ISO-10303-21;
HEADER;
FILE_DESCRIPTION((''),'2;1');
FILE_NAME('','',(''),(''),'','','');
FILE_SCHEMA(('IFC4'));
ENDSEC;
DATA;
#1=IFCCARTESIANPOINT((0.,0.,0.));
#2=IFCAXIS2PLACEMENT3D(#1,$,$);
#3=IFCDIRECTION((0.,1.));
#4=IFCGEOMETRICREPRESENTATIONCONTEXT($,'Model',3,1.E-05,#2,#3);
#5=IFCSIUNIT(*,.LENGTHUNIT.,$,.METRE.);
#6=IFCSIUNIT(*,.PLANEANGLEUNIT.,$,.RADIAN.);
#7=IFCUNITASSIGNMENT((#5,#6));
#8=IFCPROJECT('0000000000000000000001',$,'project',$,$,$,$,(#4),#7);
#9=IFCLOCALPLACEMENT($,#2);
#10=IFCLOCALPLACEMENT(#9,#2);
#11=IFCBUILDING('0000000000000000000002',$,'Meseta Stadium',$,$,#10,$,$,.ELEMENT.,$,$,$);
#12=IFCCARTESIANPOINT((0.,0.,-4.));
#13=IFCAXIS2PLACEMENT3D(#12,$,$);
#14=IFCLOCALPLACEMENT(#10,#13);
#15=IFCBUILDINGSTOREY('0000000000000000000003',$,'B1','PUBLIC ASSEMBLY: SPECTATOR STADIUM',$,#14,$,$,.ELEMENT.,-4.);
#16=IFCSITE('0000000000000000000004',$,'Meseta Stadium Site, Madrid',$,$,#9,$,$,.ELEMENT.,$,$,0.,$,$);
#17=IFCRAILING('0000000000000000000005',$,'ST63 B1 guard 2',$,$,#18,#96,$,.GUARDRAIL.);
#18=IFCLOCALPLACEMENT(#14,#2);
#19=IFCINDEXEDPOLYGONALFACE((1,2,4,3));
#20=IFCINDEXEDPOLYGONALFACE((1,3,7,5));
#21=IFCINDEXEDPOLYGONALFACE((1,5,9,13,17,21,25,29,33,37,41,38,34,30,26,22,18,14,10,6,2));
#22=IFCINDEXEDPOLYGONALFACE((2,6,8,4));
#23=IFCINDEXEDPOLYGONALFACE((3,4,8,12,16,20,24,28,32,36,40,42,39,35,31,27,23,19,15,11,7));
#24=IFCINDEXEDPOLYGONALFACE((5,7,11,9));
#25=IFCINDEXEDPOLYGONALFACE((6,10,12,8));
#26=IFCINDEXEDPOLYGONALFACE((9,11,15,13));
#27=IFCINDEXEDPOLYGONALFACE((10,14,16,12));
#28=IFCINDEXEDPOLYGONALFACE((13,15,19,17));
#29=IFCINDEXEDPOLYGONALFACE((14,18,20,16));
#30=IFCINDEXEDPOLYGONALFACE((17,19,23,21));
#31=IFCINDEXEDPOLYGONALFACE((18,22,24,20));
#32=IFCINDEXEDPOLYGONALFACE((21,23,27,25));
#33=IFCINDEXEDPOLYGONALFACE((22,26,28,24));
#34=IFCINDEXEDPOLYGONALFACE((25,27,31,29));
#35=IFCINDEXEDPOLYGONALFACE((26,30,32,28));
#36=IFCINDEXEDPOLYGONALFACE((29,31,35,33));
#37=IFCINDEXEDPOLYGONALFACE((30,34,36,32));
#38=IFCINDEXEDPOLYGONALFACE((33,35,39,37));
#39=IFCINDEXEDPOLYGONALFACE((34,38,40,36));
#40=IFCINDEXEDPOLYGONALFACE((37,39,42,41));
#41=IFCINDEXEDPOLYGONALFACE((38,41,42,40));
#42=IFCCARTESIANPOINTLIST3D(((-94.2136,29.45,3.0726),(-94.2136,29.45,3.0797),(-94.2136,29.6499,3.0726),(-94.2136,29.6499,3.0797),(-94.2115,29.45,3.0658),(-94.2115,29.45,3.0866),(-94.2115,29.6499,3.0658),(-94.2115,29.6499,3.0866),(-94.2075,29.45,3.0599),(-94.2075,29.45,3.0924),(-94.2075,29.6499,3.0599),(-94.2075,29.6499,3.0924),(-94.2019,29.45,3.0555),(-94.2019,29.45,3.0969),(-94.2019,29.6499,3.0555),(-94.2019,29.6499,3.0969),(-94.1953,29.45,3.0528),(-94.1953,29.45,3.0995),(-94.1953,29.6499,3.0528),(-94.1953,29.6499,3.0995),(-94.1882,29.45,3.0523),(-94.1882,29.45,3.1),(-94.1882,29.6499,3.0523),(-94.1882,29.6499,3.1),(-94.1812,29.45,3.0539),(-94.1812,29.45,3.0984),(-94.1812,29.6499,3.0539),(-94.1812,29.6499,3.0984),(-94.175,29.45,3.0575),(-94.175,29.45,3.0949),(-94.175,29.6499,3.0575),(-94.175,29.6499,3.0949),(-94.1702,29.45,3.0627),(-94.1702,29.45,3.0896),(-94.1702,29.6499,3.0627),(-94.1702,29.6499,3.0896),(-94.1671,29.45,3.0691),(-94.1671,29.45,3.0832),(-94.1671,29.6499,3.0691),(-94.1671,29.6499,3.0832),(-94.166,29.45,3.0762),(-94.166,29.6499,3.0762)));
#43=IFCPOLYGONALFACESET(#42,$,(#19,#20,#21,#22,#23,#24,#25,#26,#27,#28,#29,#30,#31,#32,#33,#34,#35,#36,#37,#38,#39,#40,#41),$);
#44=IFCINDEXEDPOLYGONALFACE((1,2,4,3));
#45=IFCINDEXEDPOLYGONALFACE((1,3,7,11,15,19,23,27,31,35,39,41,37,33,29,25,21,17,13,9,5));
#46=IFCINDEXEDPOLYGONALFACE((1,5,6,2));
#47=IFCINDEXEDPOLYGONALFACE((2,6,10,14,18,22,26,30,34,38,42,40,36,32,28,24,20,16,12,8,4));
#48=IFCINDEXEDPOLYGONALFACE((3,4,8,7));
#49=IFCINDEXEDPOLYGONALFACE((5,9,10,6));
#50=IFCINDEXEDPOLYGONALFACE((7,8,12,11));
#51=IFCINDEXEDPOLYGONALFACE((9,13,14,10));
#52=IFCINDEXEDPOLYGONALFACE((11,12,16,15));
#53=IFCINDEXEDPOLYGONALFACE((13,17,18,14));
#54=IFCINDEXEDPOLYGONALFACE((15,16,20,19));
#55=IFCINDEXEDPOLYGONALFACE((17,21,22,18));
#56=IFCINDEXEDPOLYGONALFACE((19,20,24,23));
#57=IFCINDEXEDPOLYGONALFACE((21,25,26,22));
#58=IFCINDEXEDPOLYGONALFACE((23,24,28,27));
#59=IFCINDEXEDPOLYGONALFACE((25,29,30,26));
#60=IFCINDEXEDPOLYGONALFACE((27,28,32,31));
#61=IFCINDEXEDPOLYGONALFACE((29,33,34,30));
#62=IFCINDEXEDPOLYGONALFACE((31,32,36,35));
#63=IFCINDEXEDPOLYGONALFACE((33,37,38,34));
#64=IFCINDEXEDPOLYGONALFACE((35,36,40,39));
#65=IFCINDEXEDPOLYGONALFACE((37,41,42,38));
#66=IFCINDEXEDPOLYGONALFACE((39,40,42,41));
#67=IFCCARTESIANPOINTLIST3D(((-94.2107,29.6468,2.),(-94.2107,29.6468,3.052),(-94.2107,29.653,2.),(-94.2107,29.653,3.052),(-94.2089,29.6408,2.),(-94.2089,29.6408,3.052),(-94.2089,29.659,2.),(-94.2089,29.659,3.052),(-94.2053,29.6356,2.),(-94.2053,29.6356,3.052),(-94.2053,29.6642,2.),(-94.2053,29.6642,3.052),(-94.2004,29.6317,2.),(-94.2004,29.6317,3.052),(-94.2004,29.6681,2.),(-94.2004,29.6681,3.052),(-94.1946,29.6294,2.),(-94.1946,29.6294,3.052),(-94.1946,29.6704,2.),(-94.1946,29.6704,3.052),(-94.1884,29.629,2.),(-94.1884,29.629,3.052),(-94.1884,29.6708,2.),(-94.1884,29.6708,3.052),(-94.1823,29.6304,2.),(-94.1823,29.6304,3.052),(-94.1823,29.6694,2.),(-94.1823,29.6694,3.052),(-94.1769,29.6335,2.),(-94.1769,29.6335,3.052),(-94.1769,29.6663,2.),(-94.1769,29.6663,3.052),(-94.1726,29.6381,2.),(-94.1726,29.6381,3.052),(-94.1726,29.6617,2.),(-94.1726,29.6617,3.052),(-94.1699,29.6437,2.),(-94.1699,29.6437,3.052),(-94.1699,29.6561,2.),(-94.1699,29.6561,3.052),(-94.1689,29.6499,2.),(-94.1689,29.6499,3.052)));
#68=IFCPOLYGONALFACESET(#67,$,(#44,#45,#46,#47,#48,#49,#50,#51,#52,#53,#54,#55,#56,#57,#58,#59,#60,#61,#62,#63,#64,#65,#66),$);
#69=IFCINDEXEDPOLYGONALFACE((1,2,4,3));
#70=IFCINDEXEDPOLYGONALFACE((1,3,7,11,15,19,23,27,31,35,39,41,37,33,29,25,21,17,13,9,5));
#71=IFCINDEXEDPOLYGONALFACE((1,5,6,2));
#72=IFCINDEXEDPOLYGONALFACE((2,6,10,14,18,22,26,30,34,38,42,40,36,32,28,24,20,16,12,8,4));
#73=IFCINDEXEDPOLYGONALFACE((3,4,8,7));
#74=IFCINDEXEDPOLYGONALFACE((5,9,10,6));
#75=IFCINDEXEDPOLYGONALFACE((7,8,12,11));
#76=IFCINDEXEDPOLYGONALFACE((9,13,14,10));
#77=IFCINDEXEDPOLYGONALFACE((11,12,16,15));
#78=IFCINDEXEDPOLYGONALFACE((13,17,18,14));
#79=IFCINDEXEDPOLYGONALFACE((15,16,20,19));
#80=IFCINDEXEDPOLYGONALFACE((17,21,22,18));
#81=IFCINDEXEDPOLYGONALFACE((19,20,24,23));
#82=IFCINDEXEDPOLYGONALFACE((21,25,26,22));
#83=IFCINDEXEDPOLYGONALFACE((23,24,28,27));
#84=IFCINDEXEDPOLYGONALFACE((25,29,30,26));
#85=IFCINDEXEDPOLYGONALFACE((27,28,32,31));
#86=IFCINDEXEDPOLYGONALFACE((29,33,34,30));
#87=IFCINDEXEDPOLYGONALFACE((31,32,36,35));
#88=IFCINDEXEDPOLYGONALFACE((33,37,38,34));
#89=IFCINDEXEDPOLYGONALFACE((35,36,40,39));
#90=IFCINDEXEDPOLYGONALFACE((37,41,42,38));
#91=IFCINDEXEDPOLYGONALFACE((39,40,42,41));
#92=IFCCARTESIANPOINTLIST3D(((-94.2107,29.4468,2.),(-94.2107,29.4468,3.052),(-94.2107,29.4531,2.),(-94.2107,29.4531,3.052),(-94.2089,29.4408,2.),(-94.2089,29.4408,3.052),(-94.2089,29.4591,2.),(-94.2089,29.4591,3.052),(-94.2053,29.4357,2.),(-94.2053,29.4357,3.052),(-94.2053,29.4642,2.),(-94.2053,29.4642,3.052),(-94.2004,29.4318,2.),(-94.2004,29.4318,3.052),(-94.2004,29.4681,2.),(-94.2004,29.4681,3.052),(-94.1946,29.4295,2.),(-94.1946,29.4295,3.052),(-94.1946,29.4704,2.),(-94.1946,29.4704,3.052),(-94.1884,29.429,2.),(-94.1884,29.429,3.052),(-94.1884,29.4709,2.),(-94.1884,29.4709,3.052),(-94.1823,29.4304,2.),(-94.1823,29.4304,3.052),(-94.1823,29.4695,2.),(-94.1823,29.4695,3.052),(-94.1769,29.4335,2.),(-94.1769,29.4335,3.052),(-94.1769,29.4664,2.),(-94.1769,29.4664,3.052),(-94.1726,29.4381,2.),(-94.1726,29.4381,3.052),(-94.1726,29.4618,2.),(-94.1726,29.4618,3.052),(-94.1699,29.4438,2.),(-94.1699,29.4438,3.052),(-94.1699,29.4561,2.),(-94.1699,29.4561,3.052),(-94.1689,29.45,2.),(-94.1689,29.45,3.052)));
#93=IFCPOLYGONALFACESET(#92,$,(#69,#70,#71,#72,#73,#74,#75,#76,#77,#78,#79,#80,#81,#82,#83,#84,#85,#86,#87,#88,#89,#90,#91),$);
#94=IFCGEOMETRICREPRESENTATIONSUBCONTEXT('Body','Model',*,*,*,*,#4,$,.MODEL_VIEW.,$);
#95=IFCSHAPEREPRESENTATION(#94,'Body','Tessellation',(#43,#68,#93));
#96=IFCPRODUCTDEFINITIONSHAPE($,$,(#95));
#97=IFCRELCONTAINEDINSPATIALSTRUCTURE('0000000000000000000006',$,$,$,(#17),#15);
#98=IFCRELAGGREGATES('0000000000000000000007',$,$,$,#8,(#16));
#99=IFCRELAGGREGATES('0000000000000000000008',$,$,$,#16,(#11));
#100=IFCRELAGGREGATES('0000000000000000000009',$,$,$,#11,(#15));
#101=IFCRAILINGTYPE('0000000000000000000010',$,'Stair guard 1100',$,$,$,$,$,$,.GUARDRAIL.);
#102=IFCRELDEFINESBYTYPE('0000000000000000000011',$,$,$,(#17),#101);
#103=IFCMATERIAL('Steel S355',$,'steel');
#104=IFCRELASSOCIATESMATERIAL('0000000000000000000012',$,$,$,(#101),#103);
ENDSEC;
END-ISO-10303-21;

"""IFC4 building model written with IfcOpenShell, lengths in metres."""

from ifc_helpers import new_model, si_unit, direction, frame, origin, origin_2d, place, context, subcontext, project, spatial, circle, extrude, material, type_object, element, save


model = new_model("IFC4")

# Units and contexts
model_context = context("Model", 3, precision=1e-05, world=origin(), true_north=direction((0.0, 1.0)))
body_context = subcontext(model_context, "Body", "Model", "MODEL_VIEW")
ifc_project = project(units=[si_unit("LENGTHUNIT", "METRE"), si_unit("PLANEANGLEUNIT", "RADIAN")], contexts=[model_context])

# Site, building, storey
site_placement = place(None, origin())
site = spatial("IfcSite", under=ifc_project, at=site_placement, Name="Meseta Stadium Site, Madrid", CompositionType="ELEMENT", RefElevation=0.0)
building_placement = place(site_placement, origin())
building = spatial("IfcBuilding", under=site, at=building_placement, Name="Meseta Stadium", CompositionType="ELEMENT")
storey_placement = place(building_placement, frame((0.0, 0.0, -4.0)))
storey = spatial("IfcBuildingStorey", under=building, at=storey_placement, Name="B1", Description="PUBLIC ASSEMBLY: SPECTATOR STADIUM", CompositionType="ELEMENT", Elevation=-4.0)

# Railing
ifc_material_1 = material(Name="Steel S355", Category="steel")
railing_type_1 = type_object("IfcRailingType", Name="Stair guard 1100", PredefinedType="GUARDRAIL", material=ifc_material_1)
railing_1_placement = place(storey_placement, frame((-94.1899, 29.6499, 2.0)))
element("IfcRailing", 1, at=railing_1_placement, inside=storey, type_object=railing_type_1, Name="ST63 B1 guard 2", PredefinedType="GUARDRAIL", context=body_context, shape_type="SweptSolid", body=[
    extrude(circle(Radius=0.0239, at=origin_2d()), frame((0.0, 0.0, 1.0762), z_axis=(0.0, -1.0, 0.0), x_axis=(1.0, 0.0, 0.0)), (0.0, 0.0, 1.0), 0.2),
    extrude(circle(Radius=0.021, at=origin_2d()), origin(), (0.0, 0.0, 1.0), 1.052),
    extrude(circle(Radius=0.021, at=origin_2d()), frame((0.0, -0.2, 0.0)), (0.0, 0.0, 1.0), 1.052),
])

save(model, "model.ifc")
